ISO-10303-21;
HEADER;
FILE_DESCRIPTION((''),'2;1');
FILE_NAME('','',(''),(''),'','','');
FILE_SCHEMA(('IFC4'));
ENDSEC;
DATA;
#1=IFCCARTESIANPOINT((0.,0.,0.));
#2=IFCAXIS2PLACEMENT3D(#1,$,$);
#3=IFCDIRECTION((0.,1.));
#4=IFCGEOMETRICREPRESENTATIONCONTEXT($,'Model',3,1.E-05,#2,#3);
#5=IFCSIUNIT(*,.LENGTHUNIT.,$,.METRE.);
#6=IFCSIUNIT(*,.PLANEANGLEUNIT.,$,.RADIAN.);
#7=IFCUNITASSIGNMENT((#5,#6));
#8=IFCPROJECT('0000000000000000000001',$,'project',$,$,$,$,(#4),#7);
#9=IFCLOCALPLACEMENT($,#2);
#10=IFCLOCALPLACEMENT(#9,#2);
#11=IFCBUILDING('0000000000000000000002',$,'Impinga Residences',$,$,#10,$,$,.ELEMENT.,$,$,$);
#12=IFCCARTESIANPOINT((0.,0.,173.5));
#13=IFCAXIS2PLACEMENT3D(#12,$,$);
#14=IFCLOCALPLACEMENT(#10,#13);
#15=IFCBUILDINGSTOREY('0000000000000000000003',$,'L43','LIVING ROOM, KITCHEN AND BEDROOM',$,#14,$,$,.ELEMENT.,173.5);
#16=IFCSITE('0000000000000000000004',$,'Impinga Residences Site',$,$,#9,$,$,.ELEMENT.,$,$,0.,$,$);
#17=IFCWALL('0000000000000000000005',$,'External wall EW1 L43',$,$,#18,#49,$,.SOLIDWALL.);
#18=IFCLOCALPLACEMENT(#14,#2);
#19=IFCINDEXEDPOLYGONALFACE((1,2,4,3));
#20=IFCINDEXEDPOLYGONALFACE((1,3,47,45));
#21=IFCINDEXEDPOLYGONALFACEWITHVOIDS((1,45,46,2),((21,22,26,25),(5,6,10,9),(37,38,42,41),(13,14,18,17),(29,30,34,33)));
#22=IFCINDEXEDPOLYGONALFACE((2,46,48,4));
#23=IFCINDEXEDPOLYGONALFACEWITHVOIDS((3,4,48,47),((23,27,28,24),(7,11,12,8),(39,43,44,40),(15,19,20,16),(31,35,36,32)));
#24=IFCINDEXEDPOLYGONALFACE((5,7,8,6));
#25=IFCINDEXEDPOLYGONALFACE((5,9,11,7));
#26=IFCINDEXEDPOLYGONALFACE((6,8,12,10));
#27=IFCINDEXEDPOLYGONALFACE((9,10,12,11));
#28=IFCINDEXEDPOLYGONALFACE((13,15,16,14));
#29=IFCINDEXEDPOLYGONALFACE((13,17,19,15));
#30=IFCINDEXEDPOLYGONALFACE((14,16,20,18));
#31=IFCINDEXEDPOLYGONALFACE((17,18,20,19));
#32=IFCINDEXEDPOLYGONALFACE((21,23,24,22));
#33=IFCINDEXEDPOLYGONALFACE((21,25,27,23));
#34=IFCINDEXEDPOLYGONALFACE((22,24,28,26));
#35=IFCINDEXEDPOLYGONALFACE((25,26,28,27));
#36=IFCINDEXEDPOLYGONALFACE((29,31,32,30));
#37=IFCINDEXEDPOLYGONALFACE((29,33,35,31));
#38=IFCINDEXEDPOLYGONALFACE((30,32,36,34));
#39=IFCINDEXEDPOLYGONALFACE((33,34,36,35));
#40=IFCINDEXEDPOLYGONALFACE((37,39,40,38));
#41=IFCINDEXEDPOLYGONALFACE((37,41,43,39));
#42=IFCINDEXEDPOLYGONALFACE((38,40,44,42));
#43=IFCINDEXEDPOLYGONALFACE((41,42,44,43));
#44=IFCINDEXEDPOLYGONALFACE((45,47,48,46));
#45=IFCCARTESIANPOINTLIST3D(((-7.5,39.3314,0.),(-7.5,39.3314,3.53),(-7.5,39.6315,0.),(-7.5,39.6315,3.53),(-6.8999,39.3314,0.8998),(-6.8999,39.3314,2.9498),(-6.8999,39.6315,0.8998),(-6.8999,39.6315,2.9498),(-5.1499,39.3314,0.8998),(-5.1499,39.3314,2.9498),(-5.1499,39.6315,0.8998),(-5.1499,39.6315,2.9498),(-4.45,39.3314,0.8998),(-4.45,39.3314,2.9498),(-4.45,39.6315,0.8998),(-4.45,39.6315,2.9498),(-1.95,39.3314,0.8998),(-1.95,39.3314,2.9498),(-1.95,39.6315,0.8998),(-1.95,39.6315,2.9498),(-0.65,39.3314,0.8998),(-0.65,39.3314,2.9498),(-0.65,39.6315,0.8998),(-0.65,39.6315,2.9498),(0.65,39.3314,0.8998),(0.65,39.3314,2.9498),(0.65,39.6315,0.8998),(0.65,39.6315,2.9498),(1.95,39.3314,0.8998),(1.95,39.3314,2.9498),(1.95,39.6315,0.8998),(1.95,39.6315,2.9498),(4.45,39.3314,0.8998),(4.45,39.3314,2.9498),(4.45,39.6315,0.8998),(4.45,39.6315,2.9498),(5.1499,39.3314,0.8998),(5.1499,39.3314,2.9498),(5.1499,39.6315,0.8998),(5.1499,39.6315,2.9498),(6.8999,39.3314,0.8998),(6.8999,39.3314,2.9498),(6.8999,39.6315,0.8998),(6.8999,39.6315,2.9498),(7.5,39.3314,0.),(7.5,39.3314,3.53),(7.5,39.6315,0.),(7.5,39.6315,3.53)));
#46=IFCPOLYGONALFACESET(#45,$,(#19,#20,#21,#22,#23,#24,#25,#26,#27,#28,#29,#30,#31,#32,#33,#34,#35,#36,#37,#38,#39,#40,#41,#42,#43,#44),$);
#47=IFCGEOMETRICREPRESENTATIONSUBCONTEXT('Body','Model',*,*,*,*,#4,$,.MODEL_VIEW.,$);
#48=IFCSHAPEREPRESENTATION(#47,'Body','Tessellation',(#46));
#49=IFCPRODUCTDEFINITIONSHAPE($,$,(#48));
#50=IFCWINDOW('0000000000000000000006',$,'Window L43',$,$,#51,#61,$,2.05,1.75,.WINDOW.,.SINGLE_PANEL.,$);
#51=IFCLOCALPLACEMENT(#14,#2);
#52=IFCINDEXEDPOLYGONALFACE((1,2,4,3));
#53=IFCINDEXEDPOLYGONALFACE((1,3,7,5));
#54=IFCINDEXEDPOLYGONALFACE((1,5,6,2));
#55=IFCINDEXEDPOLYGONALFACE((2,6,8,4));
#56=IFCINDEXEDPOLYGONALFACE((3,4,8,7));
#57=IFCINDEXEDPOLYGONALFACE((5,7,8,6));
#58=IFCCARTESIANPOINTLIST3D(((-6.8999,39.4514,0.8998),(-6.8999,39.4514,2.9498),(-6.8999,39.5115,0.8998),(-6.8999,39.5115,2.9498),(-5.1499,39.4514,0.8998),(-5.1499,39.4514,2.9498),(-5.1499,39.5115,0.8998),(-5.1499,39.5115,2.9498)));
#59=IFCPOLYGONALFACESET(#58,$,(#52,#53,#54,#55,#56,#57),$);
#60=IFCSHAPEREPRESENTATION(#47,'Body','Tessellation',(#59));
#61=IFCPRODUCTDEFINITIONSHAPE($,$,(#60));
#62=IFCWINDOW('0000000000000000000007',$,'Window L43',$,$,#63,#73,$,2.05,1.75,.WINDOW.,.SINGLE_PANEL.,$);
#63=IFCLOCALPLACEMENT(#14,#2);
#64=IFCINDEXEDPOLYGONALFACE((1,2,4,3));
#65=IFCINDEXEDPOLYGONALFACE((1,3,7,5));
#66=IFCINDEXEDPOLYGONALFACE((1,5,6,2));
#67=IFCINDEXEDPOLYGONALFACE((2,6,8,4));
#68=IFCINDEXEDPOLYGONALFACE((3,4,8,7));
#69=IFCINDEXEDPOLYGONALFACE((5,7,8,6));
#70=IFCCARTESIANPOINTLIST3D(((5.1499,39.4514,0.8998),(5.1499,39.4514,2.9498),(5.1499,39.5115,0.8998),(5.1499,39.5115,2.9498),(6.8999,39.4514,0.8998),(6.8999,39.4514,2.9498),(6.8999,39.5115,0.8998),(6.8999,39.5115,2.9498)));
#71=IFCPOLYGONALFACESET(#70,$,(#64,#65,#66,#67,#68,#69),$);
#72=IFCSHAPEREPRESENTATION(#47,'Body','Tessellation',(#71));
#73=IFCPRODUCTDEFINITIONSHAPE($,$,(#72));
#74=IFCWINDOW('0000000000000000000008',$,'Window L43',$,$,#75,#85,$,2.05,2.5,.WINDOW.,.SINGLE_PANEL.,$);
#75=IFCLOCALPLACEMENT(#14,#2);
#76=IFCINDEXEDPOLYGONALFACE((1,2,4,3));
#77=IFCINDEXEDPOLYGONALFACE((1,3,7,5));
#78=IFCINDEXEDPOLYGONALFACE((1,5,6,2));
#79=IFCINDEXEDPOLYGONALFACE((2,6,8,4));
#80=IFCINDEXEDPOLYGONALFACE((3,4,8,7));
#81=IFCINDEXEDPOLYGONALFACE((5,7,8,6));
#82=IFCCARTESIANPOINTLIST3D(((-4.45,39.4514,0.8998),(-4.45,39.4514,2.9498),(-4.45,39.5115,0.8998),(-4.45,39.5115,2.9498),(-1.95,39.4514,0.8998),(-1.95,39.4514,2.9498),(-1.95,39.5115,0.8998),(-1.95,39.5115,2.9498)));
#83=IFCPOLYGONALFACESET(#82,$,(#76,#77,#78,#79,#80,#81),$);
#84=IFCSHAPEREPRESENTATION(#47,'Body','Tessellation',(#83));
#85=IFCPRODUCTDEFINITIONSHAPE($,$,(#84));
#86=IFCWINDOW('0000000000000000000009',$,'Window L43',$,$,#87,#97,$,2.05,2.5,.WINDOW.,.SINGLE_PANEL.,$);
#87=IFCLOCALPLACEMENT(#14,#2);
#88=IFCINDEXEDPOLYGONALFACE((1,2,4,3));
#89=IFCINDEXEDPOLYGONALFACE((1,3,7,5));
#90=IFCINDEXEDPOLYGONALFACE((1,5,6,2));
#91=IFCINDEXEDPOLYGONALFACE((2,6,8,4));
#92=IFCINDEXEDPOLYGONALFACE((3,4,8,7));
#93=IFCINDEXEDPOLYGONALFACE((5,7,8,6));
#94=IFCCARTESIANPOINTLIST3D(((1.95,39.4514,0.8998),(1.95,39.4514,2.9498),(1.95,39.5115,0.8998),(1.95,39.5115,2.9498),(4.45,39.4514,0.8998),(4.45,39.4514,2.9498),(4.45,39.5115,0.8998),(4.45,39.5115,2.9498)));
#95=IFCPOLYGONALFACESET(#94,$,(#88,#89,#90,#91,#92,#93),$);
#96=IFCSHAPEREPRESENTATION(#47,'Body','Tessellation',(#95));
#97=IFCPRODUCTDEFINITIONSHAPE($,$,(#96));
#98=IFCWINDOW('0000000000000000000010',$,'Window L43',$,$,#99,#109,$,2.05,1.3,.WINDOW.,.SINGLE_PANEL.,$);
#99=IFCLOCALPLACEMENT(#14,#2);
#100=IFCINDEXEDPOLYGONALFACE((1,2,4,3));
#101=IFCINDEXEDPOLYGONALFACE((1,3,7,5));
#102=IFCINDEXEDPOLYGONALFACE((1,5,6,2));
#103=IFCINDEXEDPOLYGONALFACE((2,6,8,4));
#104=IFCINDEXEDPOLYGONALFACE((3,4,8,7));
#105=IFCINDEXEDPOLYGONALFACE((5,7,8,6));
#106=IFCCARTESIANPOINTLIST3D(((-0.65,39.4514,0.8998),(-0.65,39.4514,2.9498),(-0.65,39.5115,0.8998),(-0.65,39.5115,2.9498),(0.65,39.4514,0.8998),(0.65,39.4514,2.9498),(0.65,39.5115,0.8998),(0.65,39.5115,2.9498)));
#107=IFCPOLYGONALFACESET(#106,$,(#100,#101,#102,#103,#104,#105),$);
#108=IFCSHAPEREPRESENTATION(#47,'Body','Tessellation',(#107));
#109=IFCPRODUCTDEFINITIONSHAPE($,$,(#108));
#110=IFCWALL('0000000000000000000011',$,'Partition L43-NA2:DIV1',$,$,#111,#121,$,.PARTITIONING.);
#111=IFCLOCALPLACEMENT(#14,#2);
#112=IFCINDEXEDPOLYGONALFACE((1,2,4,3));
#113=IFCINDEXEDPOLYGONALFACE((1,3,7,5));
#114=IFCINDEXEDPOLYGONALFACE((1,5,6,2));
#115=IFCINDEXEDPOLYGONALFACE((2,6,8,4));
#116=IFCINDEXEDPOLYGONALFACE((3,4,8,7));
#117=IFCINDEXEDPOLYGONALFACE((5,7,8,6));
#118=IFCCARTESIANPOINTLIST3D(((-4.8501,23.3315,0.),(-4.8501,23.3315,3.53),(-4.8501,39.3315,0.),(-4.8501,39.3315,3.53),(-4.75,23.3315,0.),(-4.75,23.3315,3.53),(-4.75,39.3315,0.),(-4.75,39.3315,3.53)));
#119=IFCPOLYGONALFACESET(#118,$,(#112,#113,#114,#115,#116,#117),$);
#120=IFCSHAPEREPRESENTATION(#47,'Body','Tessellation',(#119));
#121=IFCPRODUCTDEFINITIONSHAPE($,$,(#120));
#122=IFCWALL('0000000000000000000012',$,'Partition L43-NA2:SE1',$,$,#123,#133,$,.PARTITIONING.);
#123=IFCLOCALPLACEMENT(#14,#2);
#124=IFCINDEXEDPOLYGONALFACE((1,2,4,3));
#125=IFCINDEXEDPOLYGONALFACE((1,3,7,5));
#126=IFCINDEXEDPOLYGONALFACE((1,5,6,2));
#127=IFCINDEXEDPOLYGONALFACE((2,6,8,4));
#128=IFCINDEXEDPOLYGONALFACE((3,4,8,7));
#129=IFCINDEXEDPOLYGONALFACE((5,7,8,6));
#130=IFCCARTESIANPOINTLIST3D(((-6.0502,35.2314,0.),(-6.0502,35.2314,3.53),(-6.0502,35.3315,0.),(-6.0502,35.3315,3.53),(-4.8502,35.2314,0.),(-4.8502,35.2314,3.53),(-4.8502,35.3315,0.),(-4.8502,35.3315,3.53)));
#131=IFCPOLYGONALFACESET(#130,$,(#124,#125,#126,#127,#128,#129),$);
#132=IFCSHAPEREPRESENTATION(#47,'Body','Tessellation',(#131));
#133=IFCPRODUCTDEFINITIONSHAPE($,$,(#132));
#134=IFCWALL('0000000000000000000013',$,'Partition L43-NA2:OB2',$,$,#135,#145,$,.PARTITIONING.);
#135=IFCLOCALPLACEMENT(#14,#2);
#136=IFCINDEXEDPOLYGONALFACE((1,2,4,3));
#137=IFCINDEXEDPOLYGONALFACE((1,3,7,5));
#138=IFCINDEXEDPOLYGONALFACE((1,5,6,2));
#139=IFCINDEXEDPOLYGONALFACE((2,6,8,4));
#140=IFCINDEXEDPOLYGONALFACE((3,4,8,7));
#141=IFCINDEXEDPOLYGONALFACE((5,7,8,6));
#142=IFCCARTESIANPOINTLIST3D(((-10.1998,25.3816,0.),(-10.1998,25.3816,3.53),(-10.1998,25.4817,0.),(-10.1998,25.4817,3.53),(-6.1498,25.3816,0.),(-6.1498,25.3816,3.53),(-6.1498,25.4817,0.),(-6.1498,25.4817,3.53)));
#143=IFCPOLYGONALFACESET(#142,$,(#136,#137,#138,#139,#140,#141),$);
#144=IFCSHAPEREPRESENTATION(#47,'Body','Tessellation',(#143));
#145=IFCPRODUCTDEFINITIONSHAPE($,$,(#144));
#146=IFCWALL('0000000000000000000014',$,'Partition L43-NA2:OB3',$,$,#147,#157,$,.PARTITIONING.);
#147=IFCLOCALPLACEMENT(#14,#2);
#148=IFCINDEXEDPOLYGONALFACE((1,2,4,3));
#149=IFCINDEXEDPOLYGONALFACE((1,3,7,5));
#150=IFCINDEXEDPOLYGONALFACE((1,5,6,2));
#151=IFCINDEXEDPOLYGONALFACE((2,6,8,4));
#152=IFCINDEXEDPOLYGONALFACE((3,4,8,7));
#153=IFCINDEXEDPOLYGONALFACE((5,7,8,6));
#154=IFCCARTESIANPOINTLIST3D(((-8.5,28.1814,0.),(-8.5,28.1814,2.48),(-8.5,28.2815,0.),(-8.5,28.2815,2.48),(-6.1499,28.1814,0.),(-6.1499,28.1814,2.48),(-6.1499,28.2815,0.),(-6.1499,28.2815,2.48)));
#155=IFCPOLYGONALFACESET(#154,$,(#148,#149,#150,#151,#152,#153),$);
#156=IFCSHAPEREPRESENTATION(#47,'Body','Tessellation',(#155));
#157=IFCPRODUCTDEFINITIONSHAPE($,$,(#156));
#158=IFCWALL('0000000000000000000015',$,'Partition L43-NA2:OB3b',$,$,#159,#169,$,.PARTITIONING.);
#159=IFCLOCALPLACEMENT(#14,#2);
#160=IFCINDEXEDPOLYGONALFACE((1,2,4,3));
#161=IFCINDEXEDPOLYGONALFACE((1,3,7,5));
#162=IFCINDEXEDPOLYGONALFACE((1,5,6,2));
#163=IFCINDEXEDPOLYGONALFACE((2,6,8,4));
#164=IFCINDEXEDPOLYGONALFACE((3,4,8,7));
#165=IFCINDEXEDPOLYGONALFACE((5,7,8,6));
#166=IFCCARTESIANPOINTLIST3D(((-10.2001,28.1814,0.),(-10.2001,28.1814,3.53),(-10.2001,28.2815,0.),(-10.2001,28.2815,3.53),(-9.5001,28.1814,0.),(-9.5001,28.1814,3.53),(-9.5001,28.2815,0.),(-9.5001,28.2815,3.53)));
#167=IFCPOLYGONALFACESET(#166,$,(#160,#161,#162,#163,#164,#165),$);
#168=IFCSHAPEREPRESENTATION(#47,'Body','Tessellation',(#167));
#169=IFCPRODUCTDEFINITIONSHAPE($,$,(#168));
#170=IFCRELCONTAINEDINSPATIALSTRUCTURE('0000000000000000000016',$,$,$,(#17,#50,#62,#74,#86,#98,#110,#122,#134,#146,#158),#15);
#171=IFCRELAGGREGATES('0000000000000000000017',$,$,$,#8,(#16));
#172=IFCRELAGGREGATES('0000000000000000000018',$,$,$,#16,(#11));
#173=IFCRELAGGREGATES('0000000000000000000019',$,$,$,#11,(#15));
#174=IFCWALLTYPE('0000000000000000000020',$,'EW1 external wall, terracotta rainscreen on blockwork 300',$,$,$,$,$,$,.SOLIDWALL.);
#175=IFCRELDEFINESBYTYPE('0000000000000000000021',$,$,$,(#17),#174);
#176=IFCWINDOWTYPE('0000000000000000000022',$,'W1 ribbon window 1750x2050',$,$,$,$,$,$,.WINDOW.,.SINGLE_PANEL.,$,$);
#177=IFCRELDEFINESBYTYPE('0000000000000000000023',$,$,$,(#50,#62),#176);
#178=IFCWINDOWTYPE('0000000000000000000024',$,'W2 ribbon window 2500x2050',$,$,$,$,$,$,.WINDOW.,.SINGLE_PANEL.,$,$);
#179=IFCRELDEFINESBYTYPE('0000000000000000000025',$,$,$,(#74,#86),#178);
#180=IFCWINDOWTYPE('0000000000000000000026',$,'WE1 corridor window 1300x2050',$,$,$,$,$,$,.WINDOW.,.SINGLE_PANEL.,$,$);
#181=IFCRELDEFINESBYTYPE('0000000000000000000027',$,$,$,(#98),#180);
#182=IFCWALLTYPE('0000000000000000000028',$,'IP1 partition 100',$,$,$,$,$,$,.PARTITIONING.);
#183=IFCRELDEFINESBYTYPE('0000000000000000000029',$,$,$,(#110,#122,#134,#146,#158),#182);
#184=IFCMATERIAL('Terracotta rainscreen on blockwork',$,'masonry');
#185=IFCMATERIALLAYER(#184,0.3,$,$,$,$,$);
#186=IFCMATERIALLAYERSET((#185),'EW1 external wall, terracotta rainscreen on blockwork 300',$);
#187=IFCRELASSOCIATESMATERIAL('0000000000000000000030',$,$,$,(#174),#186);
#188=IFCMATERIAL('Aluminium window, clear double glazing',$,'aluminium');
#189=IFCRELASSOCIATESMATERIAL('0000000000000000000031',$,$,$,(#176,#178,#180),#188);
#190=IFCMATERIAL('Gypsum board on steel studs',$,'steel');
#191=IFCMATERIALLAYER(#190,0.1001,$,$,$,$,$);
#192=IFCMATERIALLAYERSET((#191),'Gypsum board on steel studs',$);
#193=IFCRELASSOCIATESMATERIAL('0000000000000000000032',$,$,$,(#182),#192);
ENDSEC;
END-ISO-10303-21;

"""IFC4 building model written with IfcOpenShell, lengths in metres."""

from ifc_helpers import new_model, si_unit, direction, frame, frame_2d, origin, place, context, subcontext, project, spatial, rectangle, extrude, material, layer, layer_set, type_object, element, fill, save


model = new_model("IFC4")

# Units and contexts
model_context = context("Model", 3, precision=1e-05, world=origin(), true_north=direction((0.0, 1.0)))
body_context = subcontext(model_context, "Body", "Model", "MODEL_VIEW")
ifc_project = project(units=[si_unit("LENGTHUNIT", "METRE"), si_unit("PLANEANGLEUNIT", "RADIAN")], contexts=[model_context])

# Site, building, storey
site_placement = place(None, origin())
site = spatial("IfcSite", under=ifc_project, at=site_placement, Name="Impinga Residences Site", CompositionType="ELEMENT", RefElevation=0.0)
building_placement = place(site_placement, origin())
building = spatial("IfcBuilding", under=site, at=building_placement, Name="Impinga Residences", CompositionType="ELEMENT")
storey_placement = place(building_placement, frame((0.0, 0.0, 173.5)))
storey = spatial("IfcBuildingStorey", under=building, at=storey_placement, Name="L43", Description="LIVING ROOM, KITCHEN AND BEDROOM", CompositionType="ELEMENT", Elevation=173.5)

# Shared definitions
ifc_material_1 = material(Name="Terracotta rainscreen on blockwork", Category="masonry")
ifc_layer_1 = layer(ifc_material_1, 0.3)
ifc_layer_set_1 = layer_set([ifc_layer_1], Name="EW1 external wall, terracotta rainscreen on blockwork 300")
wall_type_1 = type_object("IfcWallType", Name="EW1 external wall, terracotta rainscreen on blockwork 300", PredefinedType="SOLIDWALL", material=ifc_layer_set_1)

# Wall, openings, windows
wall_1_placement = place(storey_placement, frame((-7.5, 39.4814, 0.0), z_axis=(0.0, 0.0, 1.0), x_axis=(1.0, 0.0, 0.0)))
wall_1 = element("IfcWall", 1, at=wall_1_placement, inside=storey, type_object=wall_type_1, Name="External wall EW1 L43", PredefinedType="SOLIDWALL", context=body_context, shape_type="SweptSolid", body=[
    extrude(rectangle(XDim=15.0, YDim=0.3, at=frame_2d((7.5, 0.0))), origin(), (0.0, 0.0, 1.0), 3.53),
])
opening_1_placement = place(wall_1_placement, frame((0.6001, 0.0, 0.8999)))
opening_1 = element("IfcOpeningElement", 2, at=opening_1_placement, cuts=wall_1, PredefinedType="OPENING", context=body_context, shape_type="SweptSolid", body=[
    extrude(rectangle(XDim=1.75, YDim=2.05, at=frame_2d((0.875, 1.0249))), frame((0.0, 0.1599, 0.0), z_axis=(0.0, -1.0, 0.0), x_axis=(1.0, 0.0, 0.0)), (0.0, 0.0, 1.0), 0.3201),
])
opening_2_placement = place(wall_1_placement, frame((3.05, 0.0, 0.8999)))
opening_2 = element("IfcOpeningElement", 3, at=opening_2_placement, cuts=wall_1, PredefinedType="OPENING", context=body_context, shape_type="SweptSolid", body=[
    extrude(rectangle(XDim=2.5, YDim=2.05, at=frame_2d((1.25, 1.0249))), frame((0.0, 0.1599, 0.0), z_axis=(0.0, -1.0, 0.0), x_axis=(1.0, 0.0, 0.0)), (0.0, 0.0, 1.0), 0.3201),
])
opening_3_placement = place(wall_1_placement, frame((6.8501, 0.0, 0.8999)))
opening_3 = element("IfcOpeningElement", 4, at=opening_3_placement, cuts=wall_1, PredefinedType="OPENING", context=body_context, shape_type="SweptSolid", body=[
    extrude(rectangle(XDim=1.3, YDim=2.05, at=frame_2d((0.6499, 1.0249))), frame((0.0, 0.1599, 0.0), z_axis=(0.0, -1.0, 0.0), x_axis=(1.0, 0.0, 0.0)), (0.0, 0.0, 1.0), 0.3201),
])
opening_4_placement = place(wall_1_placement, frame((9.45, 0.0, 0.8999)))
opening_4 = element("IfcOpeningElement", 5, at=opening_4_placement, cuts=wall_1, PredefinedType="OPENING", context=body_context, shape_type="SweptSolid", body=[
    extrude(rectangle(XDim=2.5, YDim=2.05, at=frame_2d((1.25, 1.0249))), frame((0.0, 0.1599, 0.0), z_axis=(0.0, -1.0, 0.0), x_axis=(1.0, 0.0, 0.0)), (0.0, 0.0, 1.0), 0.3201),
])
opening_5_placement = place(wall_1_placement, frame((12.6499, 0.0, 0.8999)))
opening_5 = element("IfcOpeningElement", 6, at=opening_5_placement, cuts=wall_1, PredefinedType="OPENING", context=body_context, shape_type="SweptSolid", body=[
    extrude(rectangle(XDim=1.75, YDim=2.05, at=frame_2d((0.875, 1.0249))), frame((0.0, 0.1599, 0.0), z_axis=(0.0, -1.0, 0.0), x_axis=(1.0, 0.0, 0.0)), (0.0, 0.0, 1.0), 0.3201),
])
ifc_material_2 = material(Name="Aluminium window, clear double glazing", Category="aluminium")
window_type_1 = type_object("IfcWindowType", Name="W1 ribbon window 1750x2050", PartitioningType="SINGLE_PANEL", PredefinedType="WINDOW", material=ifc_material_2)
window_1_placement = place(opening_1_placement, origin())
window_1 = element("IfcWindow", 7, at=window_1_placement, inside=storey, type_object=window_type_1, Name="Window L43", OverallHeight=2.05, OverallWidth=1.75, PartitioningType="SINGLE_PANEL", PredefinedType="WINDOW", context=body_context, shape_type="SweptSolid", body=[
    extrude(rectangle(XDim=1.75, YDim=2.05, at=frame_2d((0.875, 1.0249))), frame((0.0, 0.03, 0.0), z_axis=(0.0, -1.0, 0.0), x_axis=(1.0, 0.0, 0.0)), (0.0, 0.0, 1.0), 0.0601),
])
fill(opening_1, window_1)
window_2_placement = place(opening_5_placement, origin())
window_2 = element("IfcWindow", 8, at=window_2_placement, inside=storey, type_object=window_type_1, Name="Window L43", OverallHeight=2.05, OverallWidth=1.75, PartitioningType="SINGLE_PANEL", PredefinedType="WINDOW", context=body_context, shape_type="SweptSolid", body=[
    extrude(rectangle(XDim=1.75, YDim=2.05, at=frame_2d((0.875, 1.0249))), frame((0.0, 0.03, 0.0), z_axis=(0.0, -1.0, 0.0), x_axis=(1.0, 0.0, 0.0)), (0.0, 0.0, 1.0), 0.0601),
])
fill(opening_5, window_2)
window_type_2 = type_object("IfcWindowType", Name="W2 ribbon window 2500x2050", PartitioningType="SINGLE_PANEL", PredefinedType="WINDOW", material=ifc_material_2)
window_3_placement = place(opening_2_placement, origin())
window_3 = element("IfcWindow", 9, at=window_3_placement, inside=storey, type_object=window_type_2, Name="Window L43", OverallHeight=2.05, OverallWidth=2.5, PartitioningType="SINGLE_PANEL", PredefinedType="WINDOW", context=body_context, shape_type="SweptSolid", body=[
    extrude(rectangle(XDim=2.5, YDim=2.05, at=frame_2d((1.25, 1.0249))), frame((0.0, 0.03, 0.0), z_axis=(0.0, -1.0, 0.0), x_axis=(1.0, 0.0, 0.0)), (0.0, 0.0, 1.0), 0.0601),
])
fill(opening_2, window_3)
window_4_placement = place(opening_4_placement, origin())
window_4 = element("IfcWindow", 10, at=window_4_placement, inside=storey, type_object=window_type_2, Name="Window L43", OverallHeight=2.05, OverallWidth=2.5, PartitioningType="SINGLE_PANEL", PredefinedType="WINDOW", context=body_context, shape_type="SweptSolid", body=[
    extrude(rectangle(XDim=2.5, YDim=2.05, at=frame_2d((1.25, 1.0249))), frame((0.0, 0.03, 0.0), z_axis=(0.0, -1.0, 0.0), x_axis=(1.0, 0.0, 0.0)), (0.0, 0.0, 1.0), 0.0601),
])
fill(opening_4, window_4)
window_type_3 = type_object("IfcWindowType", Name="WE1 corridor window 1300x2050", PartitioningType="SINGLE_PANEL", PredefinedType="WINDOW", material=ifc_material_2)
window_5_placement = place(opening_3_placement, origin())
window_5 = element("IfcWindow", 11, at=window_5_placement, inside=storey, type_object=window_type_3, Name="Window L43", OverallHeight=2.05, OverallWidth=1.3, PartitioningType="SINGLE_PANEL", PredefinedType="WINDOW", context=body_context, shape_type="SweptSolid", body=[
    extrude(rectangle(XDim=1.3, YDim=2.05, at=frame_2d((0.6499, 1.0249))), frame((0.0, 0.03, 0.0), z_axis=(0.0, -1.0, 0.0), x_axis=(1.0, 0.0, 0.0)), (0.0, 0.0, 1.0), 0.0601),
])
fill(opening_3, window_5)

# Walls
ifc_material_3 = material(Name="Gypsum board on steel studs", Category="steel")
ifc_layer_2 = layer(ifc_material_3, 0.1001)
ifc_layer_set_2 = layer_set([ifc_layer_2], Name="Gypsum board on steel studs")
wall_type_2 = type_object("IfcWallType", Name="IP1 partition 100", PredefinedType="PARTITIONING", material=ifc_layer_set_2)
wall_2_placement = place(storey_placement, frame((-4.8, 23.3315, 0.0), z_axis=(0.0, 0.0, 1.0), x_axis=(0.0, 1.0, 0.0)))
element("IfcWall", 12, at=wall_2_placement, inside=storey, type_object=wall_type_2, Name="Partition L43-NA2:DIV1", PredefinedType="PARTITIONING", context=body_context, shape_type="SweptSolid", body=[
    extrude(rectangle(XDim=16.0, YDim=0.1001, at=frame_2d((8.0, 0.0))), origin(), (0.0, 0.0, 1.0), 3.53),
])
wall_3_placement = place(storey_placement, frame((-4.8501, 35.2815, 0.0), z_axis=(0.0, 0.0, 1.0), x_axis=(-1.0, 0.0, 0.0)))
element("IfcWall", 13, at=wall_3_placement, inside=storey, type_object=wall_type_2, Name="Partition L43-NA2:SE1", PredefinedType="PARTITIONING", context=body_context, shape_type="SweptSolid", body=[
    extrude(rectangle(XDim=1.2, YDim=0.1001, at=frame_2d((0.6001, 0.0))), origin(), (0.0, 0.0, 1.0), 3.53),
])
wall_4_placement = place(storey_placement, frame((-6.1499, 25.4316, 0.0), z_axis=(0.0, 0.0, 1.0), x_axis=(-1.0, 0.0, 0.0)))
element("IfcWall", 14, at=wall_4_placement, inside=storey, type_object=wall_type_2, Name="Partition L43-NA2:OB2", PredefinedType="PARTITIONING", context=body_context, shape_type="SweptSolid", body=[
    extrude(rectangle(XDim=4.05, YDim=0.1001, at=frame_2d((2.0249, 0.0))), origin(), (0.0, 0.0, 1.0), 3.53),
])
wall_5_placement = place(storey_placement, frame((-6.1499, 28.2314, 0.0), z_axis=(0.0, 0.0, 1.0), x_axis=(-1.0, 0.0, 0.0)))
element("IfcWall", 15, at=wall_5_placement, inside=storey, type_object=wall_type_2, Name="Partition L43-NA2:OB3", PredefinedType="PARTITIONING", context=body_context, shape_type="SweptSolid", body=[
    extrude(rectangle(XDim=2.3501, YDim=0.1001, at=frame_2d((1.175, 0.0))), origin(), (0.0, 0.0, 1.0), 2.48),
])
wall_6_placement = place(storey_placement, frame((-9.5, 28.2314, 0.0), z_axis=(0.0, 0.0, 1.0), x_axis=(-1.0, 0.0, 0.0)))
element("IfcWall", 16, at=wall_6_placement, inside=storey, type_object=wall_type_2, Name="Partition L43-NA2:OB3b", PredefinedType="PARTITIONING", context=body_context, shape_type="SweptSolid", body=[
    extrude(rectangle(XDim=0.7, YDim=0.1001, at=frame_2d((0.3501, 0.0))), origin(), (0.0, 0.0, 1.0), 3.53),
])

save(model, "model.ifc")
